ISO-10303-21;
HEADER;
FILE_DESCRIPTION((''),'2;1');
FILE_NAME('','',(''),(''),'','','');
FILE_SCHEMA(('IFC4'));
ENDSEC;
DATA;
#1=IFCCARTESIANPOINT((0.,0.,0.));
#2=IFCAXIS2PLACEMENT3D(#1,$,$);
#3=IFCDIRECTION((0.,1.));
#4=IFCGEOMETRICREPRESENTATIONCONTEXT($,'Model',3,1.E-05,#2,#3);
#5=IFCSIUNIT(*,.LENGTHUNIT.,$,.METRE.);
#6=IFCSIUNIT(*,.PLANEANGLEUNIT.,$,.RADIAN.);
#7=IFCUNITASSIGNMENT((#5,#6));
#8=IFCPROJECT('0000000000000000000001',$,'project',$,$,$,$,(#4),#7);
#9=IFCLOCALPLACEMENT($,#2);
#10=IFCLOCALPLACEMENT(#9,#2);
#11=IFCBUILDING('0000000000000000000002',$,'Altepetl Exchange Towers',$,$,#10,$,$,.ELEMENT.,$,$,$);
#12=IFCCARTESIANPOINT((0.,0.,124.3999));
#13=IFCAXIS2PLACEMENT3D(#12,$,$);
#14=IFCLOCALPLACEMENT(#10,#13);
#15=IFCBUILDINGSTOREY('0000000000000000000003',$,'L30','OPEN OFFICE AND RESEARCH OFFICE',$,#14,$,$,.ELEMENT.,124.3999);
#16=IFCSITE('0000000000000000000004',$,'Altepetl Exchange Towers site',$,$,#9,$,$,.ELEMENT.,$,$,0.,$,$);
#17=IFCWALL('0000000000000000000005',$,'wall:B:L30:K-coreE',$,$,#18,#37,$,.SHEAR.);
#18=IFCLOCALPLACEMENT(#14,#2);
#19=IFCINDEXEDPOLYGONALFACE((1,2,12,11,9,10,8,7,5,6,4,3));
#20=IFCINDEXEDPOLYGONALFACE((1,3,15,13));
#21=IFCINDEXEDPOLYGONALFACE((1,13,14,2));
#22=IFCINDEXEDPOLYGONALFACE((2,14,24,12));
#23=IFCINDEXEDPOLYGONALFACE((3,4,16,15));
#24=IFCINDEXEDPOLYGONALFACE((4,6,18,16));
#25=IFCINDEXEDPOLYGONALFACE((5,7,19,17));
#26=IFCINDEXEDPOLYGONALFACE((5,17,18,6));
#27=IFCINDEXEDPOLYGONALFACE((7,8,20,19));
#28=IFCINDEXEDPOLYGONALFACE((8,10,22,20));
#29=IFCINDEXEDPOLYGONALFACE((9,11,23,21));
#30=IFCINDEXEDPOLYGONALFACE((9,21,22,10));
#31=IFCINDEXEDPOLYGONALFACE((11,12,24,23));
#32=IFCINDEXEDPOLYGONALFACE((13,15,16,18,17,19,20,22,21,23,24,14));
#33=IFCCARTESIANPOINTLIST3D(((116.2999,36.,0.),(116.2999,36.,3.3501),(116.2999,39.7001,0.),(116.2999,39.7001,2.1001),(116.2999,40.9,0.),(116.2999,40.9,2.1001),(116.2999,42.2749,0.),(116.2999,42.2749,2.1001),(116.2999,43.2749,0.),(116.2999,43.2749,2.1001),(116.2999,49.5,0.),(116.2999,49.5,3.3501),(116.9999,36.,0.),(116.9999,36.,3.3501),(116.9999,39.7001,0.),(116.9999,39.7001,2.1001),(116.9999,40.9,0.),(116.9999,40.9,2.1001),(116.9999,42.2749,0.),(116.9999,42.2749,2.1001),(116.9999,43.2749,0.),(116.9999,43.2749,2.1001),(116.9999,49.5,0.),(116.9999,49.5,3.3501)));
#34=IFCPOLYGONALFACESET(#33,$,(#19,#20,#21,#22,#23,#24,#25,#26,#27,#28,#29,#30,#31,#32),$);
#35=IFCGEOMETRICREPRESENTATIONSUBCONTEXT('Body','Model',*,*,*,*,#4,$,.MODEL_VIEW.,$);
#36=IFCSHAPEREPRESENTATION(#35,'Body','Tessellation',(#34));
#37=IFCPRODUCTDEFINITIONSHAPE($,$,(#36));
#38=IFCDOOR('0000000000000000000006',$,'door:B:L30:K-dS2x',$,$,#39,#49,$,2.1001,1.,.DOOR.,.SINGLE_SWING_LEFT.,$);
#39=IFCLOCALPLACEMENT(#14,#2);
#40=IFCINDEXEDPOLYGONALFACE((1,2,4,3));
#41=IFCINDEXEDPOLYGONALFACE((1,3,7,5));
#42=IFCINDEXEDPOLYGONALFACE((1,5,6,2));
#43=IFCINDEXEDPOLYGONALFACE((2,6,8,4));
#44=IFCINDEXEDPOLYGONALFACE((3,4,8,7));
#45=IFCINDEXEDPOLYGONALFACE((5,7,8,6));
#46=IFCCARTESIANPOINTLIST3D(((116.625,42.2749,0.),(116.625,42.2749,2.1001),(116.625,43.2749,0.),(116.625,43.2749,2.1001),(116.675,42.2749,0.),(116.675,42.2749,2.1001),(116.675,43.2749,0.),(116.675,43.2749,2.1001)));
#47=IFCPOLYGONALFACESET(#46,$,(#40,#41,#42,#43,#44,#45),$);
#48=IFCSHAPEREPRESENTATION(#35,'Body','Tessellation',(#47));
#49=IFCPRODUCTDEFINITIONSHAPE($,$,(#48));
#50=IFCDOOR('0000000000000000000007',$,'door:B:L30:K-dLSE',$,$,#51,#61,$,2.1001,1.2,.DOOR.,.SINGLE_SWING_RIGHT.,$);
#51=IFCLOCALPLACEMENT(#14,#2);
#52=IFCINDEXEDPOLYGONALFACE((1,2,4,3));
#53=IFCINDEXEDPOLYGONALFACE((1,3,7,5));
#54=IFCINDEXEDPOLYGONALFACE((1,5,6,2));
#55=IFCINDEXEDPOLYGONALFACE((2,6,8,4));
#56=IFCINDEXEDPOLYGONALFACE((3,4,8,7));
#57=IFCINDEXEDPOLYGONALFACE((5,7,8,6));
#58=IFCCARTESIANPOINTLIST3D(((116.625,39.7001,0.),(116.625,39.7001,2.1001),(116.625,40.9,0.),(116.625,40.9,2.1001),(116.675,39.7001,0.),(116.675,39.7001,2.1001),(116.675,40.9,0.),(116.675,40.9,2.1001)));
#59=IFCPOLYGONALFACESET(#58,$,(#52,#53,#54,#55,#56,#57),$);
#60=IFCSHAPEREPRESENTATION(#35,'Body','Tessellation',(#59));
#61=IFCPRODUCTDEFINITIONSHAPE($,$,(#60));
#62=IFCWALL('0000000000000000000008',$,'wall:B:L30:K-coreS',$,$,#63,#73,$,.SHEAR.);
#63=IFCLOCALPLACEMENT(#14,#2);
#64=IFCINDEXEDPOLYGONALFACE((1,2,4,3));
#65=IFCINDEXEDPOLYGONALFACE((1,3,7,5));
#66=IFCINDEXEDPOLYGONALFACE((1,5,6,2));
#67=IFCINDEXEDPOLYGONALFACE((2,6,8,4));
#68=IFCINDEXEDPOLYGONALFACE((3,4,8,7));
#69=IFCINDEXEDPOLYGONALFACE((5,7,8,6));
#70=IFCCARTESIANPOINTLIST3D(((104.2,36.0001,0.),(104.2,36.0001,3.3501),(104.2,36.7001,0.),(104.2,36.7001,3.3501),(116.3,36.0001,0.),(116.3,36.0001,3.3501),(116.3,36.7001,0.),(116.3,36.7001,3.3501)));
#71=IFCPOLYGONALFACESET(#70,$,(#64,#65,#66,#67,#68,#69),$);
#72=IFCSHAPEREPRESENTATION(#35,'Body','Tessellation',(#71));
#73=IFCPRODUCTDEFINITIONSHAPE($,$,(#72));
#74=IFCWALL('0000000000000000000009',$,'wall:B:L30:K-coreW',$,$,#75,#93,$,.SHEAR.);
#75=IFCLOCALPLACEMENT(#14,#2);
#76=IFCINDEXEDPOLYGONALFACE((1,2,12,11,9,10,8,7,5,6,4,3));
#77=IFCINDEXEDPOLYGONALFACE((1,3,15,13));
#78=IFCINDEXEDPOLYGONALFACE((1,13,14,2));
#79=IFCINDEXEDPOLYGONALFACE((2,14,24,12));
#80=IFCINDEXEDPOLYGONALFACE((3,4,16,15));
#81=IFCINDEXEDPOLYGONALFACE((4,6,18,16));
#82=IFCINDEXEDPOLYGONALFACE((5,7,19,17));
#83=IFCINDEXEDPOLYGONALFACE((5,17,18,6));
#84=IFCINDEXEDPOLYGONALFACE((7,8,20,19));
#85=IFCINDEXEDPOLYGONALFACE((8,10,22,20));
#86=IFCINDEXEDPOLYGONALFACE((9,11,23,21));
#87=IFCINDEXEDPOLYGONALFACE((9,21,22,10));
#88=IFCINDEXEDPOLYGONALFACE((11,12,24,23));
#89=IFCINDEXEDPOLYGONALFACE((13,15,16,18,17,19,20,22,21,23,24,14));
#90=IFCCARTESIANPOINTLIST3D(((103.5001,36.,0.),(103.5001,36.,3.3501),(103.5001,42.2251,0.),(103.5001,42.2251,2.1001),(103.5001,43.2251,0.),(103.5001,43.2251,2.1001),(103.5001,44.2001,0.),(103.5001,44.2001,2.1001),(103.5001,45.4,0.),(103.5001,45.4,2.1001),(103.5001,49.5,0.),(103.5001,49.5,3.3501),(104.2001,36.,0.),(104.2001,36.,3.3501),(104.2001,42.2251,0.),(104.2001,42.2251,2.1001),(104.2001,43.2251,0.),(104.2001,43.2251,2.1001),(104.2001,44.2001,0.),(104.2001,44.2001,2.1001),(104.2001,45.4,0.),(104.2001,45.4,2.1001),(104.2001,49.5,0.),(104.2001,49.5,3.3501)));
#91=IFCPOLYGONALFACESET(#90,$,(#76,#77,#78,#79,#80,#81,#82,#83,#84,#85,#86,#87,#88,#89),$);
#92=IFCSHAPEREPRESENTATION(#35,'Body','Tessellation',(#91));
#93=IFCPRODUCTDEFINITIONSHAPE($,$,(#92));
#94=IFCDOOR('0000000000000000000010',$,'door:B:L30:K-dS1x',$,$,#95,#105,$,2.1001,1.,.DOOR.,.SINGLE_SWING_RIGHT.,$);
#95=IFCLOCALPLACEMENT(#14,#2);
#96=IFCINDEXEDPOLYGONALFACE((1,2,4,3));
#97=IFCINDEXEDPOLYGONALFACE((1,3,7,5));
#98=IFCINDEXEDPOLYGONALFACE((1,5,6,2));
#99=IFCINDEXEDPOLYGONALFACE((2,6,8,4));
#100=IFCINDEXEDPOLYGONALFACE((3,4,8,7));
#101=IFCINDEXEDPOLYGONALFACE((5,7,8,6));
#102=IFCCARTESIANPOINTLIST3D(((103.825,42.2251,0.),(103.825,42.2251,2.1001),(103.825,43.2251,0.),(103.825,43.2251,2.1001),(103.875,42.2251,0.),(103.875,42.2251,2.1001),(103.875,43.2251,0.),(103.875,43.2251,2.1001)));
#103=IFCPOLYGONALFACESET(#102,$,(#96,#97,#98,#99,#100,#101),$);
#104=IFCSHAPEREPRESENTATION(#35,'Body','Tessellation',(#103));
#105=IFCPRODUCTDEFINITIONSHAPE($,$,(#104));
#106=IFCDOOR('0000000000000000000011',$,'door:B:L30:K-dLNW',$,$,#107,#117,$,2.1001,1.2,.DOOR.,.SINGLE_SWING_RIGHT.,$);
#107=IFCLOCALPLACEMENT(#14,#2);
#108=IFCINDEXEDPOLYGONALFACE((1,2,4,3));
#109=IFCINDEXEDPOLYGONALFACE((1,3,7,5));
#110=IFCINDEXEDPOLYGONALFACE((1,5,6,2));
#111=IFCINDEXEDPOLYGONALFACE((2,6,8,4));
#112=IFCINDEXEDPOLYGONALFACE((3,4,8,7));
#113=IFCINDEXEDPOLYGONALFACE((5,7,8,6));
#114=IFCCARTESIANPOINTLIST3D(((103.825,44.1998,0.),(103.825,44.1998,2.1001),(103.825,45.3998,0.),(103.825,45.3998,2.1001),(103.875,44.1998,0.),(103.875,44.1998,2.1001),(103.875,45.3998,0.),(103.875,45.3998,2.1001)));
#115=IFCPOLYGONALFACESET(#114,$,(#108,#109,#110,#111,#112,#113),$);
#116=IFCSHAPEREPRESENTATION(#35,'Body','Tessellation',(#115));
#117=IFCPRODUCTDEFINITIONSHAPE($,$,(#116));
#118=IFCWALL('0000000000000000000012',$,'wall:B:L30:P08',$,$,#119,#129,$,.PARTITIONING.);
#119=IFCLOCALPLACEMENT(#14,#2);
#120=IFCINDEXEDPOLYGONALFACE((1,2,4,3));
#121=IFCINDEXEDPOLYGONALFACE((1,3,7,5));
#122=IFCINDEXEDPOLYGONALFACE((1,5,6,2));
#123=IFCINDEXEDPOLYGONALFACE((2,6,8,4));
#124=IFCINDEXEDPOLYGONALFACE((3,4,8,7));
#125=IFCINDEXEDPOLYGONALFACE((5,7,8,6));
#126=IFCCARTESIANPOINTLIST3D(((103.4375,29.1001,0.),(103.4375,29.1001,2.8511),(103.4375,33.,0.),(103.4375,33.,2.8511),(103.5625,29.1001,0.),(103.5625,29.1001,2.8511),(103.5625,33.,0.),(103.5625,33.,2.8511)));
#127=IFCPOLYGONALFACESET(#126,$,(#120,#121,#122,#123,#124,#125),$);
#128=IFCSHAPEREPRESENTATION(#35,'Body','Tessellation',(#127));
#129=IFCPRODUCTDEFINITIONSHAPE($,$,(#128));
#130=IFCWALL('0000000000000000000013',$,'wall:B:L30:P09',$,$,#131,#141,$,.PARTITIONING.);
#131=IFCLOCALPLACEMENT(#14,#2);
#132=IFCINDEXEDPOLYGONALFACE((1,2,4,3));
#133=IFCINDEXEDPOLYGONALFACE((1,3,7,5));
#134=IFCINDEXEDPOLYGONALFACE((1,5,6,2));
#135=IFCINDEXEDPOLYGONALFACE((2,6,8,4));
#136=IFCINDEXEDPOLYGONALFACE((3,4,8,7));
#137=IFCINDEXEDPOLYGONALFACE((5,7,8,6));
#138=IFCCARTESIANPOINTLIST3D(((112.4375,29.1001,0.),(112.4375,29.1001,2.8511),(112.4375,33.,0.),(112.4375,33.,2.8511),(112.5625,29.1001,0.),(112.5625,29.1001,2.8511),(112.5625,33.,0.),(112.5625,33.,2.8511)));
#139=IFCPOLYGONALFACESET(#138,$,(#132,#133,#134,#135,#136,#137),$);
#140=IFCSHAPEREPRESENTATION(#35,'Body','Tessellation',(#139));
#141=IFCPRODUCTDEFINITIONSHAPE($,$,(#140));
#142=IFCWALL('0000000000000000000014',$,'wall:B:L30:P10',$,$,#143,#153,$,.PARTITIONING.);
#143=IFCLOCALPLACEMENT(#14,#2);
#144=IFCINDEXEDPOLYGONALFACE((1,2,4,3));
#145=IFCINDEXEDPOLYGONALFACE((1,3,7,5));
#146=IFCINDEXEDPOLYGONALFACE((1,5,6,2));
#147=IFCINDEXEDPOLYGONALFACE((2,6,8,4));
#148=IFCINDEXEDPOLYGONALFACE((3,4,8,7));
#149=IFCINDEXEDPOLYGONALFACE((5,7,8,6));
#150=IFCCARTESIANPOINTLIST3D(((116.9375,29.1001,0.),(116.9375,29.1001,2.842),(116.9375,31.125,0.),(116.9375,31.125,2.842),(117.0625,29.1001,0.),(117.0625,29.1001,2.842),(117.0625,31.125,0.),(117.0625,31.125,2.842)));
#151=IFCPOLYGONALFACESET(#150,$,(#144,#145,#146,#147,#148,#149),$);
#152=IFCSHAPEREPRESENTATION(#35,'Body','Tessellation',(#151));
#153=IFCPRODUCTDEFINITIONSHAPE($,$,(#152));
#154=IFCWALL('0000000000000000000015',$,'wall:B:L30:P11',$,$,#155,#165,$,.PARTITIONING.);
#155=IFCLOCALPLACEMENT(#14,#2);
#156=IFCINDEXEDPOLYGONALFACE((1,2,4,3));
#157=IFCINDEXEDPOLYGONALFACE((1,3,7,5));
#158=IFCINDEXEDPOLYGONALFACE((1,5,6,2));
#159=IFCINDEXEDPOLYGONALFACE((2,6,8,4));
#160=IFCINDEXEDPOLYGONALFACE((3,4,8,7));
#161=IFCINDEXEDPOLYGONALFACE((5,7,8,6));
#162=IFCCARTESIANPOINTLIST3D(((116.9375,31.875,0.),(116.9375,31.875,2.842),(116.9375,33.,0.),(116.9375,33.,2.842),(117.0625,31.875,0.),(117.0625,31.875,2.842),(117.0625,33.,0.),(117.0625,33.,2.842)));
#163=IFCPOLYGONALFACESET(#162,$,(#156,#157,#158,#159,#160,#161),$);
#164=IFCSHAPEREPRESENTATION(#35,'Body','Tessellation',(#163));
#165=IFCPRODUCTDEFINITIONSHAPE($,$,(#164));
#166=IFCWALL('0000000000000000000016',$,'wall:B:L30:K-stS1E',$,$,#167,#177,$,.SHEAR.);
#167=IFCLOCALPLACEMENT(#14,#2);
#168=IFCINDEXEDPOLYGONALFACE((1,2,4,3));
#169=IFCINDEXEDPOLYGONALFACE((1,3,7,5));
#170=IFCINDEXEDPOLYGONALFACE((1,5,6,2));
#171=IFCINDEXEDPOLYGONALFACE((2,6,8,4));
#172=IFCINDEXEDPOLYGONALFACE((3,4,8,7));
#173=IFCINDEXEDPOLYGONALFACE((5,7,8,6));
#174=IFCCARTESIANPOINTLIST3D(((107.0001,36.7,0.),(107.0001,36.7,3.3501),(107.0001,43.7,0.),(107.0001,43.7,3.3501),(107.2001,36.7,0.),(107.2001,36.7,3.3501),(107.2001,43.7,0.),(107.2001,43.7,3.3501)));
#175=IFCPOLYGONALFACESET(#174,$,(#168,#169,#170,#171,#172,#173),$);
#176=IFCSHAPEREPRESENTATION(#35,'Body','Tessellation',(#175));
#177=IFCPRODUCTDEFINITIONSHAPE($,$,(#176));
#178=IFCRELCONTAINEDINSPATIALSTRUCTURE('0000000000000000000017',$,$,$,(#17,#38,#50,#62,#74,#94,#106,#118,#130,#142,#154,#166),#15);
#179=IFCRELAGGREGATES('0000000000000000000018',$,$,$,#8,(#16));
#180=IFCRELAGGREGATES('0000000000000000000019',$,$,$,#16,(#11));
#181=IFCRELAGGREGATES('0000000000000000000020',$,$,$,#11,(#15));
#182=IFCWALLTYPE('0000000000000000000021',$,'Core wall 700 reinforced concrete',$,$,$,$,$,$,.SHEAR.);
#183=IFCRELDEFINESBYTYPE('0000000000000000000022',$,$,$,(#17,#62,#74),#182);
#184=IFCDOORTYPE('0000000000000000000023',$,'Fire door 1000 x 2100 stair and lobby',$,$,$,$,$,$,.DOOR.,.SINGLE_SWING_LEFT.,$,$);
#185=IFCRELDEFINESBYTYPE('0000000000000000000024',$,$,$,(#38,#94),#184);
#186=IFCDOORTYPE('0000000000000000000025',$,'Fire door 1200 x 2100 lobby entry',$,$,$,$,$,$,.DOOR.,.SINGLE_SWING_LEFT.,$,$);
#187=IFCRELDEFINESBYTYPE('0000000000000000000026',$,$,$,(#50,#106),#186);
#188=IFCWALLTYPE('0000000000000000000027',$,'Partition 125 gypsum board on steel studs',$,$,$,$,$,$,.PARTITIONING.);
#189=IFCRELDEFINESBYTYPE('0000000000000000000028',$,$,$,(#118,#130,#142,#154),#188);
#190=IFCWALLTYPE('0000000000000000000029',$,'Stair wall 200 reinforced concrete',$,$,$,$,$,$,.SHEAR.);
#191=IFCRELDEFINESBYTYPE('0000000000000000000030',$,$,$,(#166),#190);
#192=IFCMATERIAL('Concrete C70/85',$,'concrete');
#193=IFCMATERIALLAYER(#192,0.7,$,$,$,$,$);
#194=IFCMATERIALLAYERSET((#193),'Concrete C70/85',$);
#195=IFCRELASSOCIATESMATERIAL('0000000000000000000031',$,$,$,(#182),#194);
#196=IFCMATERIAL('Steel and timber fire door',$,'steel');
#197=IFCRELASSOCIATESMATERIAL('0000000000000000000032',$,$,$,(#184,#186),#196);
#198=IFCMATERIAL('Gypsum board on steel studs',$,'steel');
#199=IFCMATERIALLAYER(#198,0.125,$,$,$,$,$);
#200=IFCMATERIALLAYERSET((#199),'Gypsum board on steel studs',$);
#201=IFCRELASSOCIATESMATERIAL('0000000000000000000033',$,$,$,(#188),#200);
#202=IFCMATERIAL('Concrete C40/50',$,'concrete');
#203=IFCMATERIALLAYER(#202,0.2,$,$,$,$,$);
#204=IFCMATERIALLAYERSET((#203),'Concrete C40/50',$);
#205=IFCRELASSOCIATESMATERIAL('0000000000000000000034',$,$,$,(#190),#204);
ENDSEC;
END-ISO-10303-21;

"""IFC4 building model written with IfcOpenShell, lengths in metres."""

from ifc_helpers import new_model, si_unit, direction, frame, frame_2d, origin, place, context, subcontext, project, spatial, rectangle, extrude, material, layer, layer_set, type_object, element, fill, save


model = new_model("IFC4")

# Units and contexts
model_context = context("Model", 3, precision=1e-05, world=origin(), true_north=direction((0.0, 1.0)))
body_context = subcontext(model_context, "Body", "Model", "MODEL_VIEW")
ifc_project = project(units=[si_unit("LENGTHUNIT", "METRE"), si_unit("PLANEANGLEUNIT", "RADIAN")], contexts=[model_context])

# Site, building, storey
site_placement = place(None, origin())
site = spatial("IfcSite", under=ifc_project, at=site_placement, Name="Altepetl Exchange Towers site", CompositionType="ELEMENT", RefElevation=0.0)
building_placement = place(site_placement, origin())
building = spatial("IfcBuilding", under=site, at=building_placement, Name="Altepetl Exchange Towers", CompositionType="ELEMENT")
storey_placement = place(building_placement, frame((0.0, 0.0, 124.3999)))
storey = spatial("IfcBuildingStorey", under=building, at=storey_placement, Name="L30", Description="OPEN OFFICE AND RESEARCH OFFICE", CompositionType="ELEMENT", Elevation=124.3999)

# Shared definitions
ifc_material_1 = material(Name="Concrete C70/85", Category="concrete")

# Wall, openings, doors
ifc_layer_1 = layer(ifc_material_1, 0.7)
ifc_layer_set_1 = layer_set([ifc_layer_1], Name="Concrete C70/85")
wall_type_1 = type_object("IfcWallType", Name="Core wall 700 reinforced concrete", PredefinedType="SHEAR", material=ifc_layer_set_1)
wall_1_placement = place(storey_placement, frame((116.6499, 36.0, 0.0), z_axis=(0.0, 0.0, 1.0), x_axis=(0.0, 1.0, 0.0)))
wall_1 = element("IfcWall", 1, at=wall_1_placement, inside=storey, type_object=wall_type_1, Name="wall:B:L30:K-coreE", PredefinedType="SHEAR", context=body_context, shape_type="SweptSolid", body=[
    extrude(rectangle(XDim=13.5, YDim=0.7, at=frame_2d((6.75, 0.0))), origin(), (0.0, 0.0, 1.0), 3.3501),
])
opening_1_placement = place(wall_1_placement, frame((3.7, 0.0, 0.0)))
opening_1 = element("IfcOpeningElement", 2, at=opening_1_placement, cuts=wall_1, PredefinedType="OPENING", context=body_context, shape_type="SweptSolid", body=[
    extrude(rectangle(XDim=1.2, YDim=2.1001, at=frame_2d((0.6001, 1.05))), frame((0.0, 0.3599, 0.0), z_axis=(0.0, -1.0, 0.0), x_axis=(1.0, 0.0, 0.0)), (0.0, 0.0, 1.0), 0.72),
])
opening_2_placement = place(wall_1_placement, frame((6.2749, 0.0, 0.0)))
opening_2 = element("IfcOpeningElement", 3, at=opening_2_placement, cuts=wall_1, PredefinedType="OPENING", context=body_context, shape_type="SweptSolid", body=[
    extrude(rectangle(XDim=1.0, YDim=2.1001, at=frame_2d((0.5, 1.05))), frame((0.0, 0.3599, 0.0), z_axis=(0.0, -1.0, 0.0), x_axis=(1.0, 0.0, 0.0)), (0.0, 0.0, 1.0), 0.72),
])
ifc_material_2 = material(Name="Steel and timber fire door", Category="steel")
door_type_1 = type_object("IfcDoorType", Name="Fire door 1000 x 2100 stair and lobby", OperationType="SINGLE_SWING_LEFT", PredefinedType="DOOR", material=ifc_material_2)
door_1_placement = place(opening_2_placement, origin())
door_1 = element("IfcDoor", 4, at=door_1_placement, inside=storey, type_object=door_type_1, Name="door:B:L30:K-dS2x", OperationType="SINGLE_SWING_LEFT", OverallHeight=2.1001, OverallWidth=1.0, PredefinedType="DOOR", context=body_context, shape_type="SweptSolid", body=[
    extrude(rectangle(XDim=1.0, YDim=2.1001, at=frame_2d((0.5, 1.05))), frame((0.0, 0.0249, 0.0), z_axis=(0.0, -1.0, 0.0), x_axis=(1.0, 0.0, 0.0)), (0.0, 0.0, 1.0), 0.05),
])
fill(opening_2, door_1)
door_type_2 = type_object("IfcDoorType", Name="Fire door 1200 x 2100 lobby entry", OperationType="SINGLE_SWING_LEFT", PredefinedType="DOOR", material=ifc_material_2)
door_2_placement = place(opening_1_placement, origin())
door_2 = element("IfcDoor", 5, at=door_2_placement, inside=storey, type_object=door_type_2, Name="door:B:L30:K-dLSE", OperationType="SINGLE_SWING_RIGHT", OverallHeight=2.1001, OverallWidth=1.2, PredefinedType="DOOR", context=body_context, shape_type="SweptSolid", body=[
    extrude(rectangle(XDim=1.2, YDim=2.1001, at=frame_2d((0.6001, 1.05))), frame((0.0, 0.0249, 0.0), z_axis=(0.0, -1.0, 0.0), x_axis=(1.0, 0.0, 0.0)), (0.0, 0.0, 1.0), 0.05),
])
fill(opening_1, door_2)

# Wall
wall_2_placement = place(storey_placement, frame((104.2, 36.3501, 0.0)))
element("IfcWall", 6, at=wall_2_placement, inside=storey, type_object=wall_type_1, Name="wall:B:L30:K-coreS", PredefinedType="SHEAR", context=body_context, shape_type="SweptSolid", body=[
    extrude(rectangle(XDim=12.1001, YDim=0.7, at=frame_2d((6.05, 0.0))), origin(), (0.0, 0.0, 1.0), 3.3501),
])

# Wall, openings, doors
wall_3_placement = place(storey_placement, frame((103.8501, 36.0, 0.0), z_axis=(0.0, 0.0, 1.0), x_axis=(0.0, 1.0, 0.0)))
wall_3 = element("IfcWall", 7, at=wall_3_placement, inside=storey, type_object=wall_type_1, Name="wall:B:L30:K-coreW", PredefinedType="SHEAR", context=body_context, shape_type="SweptSolid", body=[
    extrude(rectangle(XDim=13.5, YDim=0.7, at=frame_2d((6.75, 0.0))), origin(), (0.0, 0.0, 1.0), 3.3501),
])
opening_3_placement = place(wall_3_placement, frame((8.2, 0.0, 0.0)))
opening_3 = element("IfcOpeningElement", 8, at=opening_3_placement, cuts=wall_3, PredefinedType="OPENING", context=body_context, shape_type="SweptSolid", body=[
    extrude(rectangle(XDim=1.2, YDim=2.1001, at=frame_2d((0.6001, 1.05))), frame((0.0, 0.3599, 0.0), z_axis=(0.0, -1.0, 0.0), x_axis=(1.0, 0.0, 0.0)), (0.0, 0.0, 1.0), 0.72),
])
opening_4_placement = place(wall_3_placement, frame((6.2251, 0.0, 0.0)))
opening_4 = element("IfcOpeningElement", 9, at=opening_4_placement, cuts=wall_3, PredefinedType="OPENING", context=body_context, shape_type="SweptSolid", body=[
    extrude(rectangle(XDim=1.0, YDim=2.1001, at=frame_2d((0.5, 1.05))), frame((0.0, 0.3599, 0.0), z_axis=(0.0, -1.0, 0.0), x_axis=(1.0, 0.0, 0.0)), (0.0, 0.0, 1.0), 0.72),
])
door_3_placement = place(opening_4_placement, frame((1.0, 0.0, 0.0), x_axis=(-1.0, 0.0, 0.0)))
door_3 = element("IfcDoor", 10, at=door_3_placement, inside=storey, type_object=door_type_1, Name="door:B:L30:K-dS1x", OperationType="SINGLE_SWING_RIGHT", OverallHeight=2.1001, OverallWidth=1.0, PredefinedType="DOOR", context=body_context, shape_type="SweptSolid", body=[
    extrude(rectangle(XDim=1.0, YDim=2.1001, at=frame_2d((0.5, 1.05))), frame((0.0, 0.0249, 0.0), z_axis=(0.0, -1.0, 0.0), x_axis=(1.0, 0.0, 0.0)), (0.0, 0.0, 1.0), 0.05),
])
fill(opening_4, door_3)
door_4_placement = place(opening_3_placement, frame((1.2, 0.0, 0.0), x_axis=(-1.0, 0.0, 0.0)))
door_4 = element("IfcDoor", 11, at=door_4_placement, inside=storey, type_object=door_type_2, Name="door:B:L30:K-dLNW", OperationType="SINGLE_SWING_RIGHT", OverallHeight=2.1001, OverallWidth=1.2, PredefinedType="DOOR", context=body_context, shape_type="SweptSolid", body=[
    extrude(rectangle(XDim=1.2, YDim=2.1001, at=frame_2d((0.6001, 1.05))), frame((0.0, 0.0249, 0.0), z_axis=(0.0, -1.0, 0.0), x_axis=(1.0, 0.0, 0.0)), (0.0, 0.0, 1.0), 0.05),
])
fill(opening_3, door_4)

# Walls
ifc_material_3 = material(Name="Gypsum board on steel studs", Category="steel")
ifc_layer_2 = layer(ifc_material_3, 0.125)
ifc_layer_set_2 = layer_set([ifc_layer_2], Name="Gypsum board on steel studs")
wall_type_2 = type_object("IfcWallType", Name="Partition 125 gypsum board on steel studs", PredefinedType="PARTITIONING", material=ifc_layer_set_2)
for number, where, z_axis, x_axis, name in (
    (12, (103.5, 29.1001, 0.0), (0.0, 0.0, 1.0), (0.0, 1.0, 0.0), "wall:B:L30:P08"),
    (13, (112.5, 29.1001, 0.0), (0.0, 0.0, 1.0), (0.0, 1.0, 0.0), "wall:B:L30:P09"),
):
    element("IfcWall", number, at=place(storey_placement, frame(where, z_axis=z_axis, x_axis=x_axis)), inside=storey, type_object=wall_type_2, Name=name, PredefinedType="PARTITIONING", context=body_context, shape_type="SweptSolid", body=[
        extrude(rectangle(XDim=3.8999, YDim=0.125, at=frame_2d((1.95, 0.0))), origin(), (0.0, 0.0, 1.0), 2.8511),
    ])
wall_4_placement = place(storey_placement, frame((117.0, 29.1001, 0.0), z_axis=(0.0, 0.0, 1.0), x_axis=(0.0, 1.0, 0.0)))
element("IfcWall", 14, at=wall_4_placement, inside=storey, type_object=wall_type_2, Name="wall:B:L30:P10", PredefinedType="PARTITIONING", context=body_context, shape_type="SweptSolid", body=[
    extrude(rectangle(XDim=2.0249, YDim=0.125, at=frame_2d((1.0125, 0.0))), origin(), (0.0, 0.0, 1.0), 2.842),
])
wall_5_placement = place(storey_placement, frame((117.0, 31.875, 0.0), z_axis=(0.0, 0.0, 1.0), x_axis=(0.0, 1.0, 0.0)))
element("IfcWall", 15, at=wall_5_placement, inside=storey, type_object=wall_type_2, Name="wall:B:L30:P11", PredefinedType="PARTITIONING", context=body_context, shape_type="SweptSolid", body=[
    extrude(rectangle(XDim=1.125, YDim=0.125, at=frame_2d((0.5625, 0.0))), origin(), (0.0, 0.0, 1.0), 2.842),
])
ifc_material_4 = material(Name="Concrete C40/50", Category="concrete")
ifc_layer_3 = layer(ifc_material_4, 0.2)
ifc_layer_set_3 = layer_set([ifc_layer_3], Name="Concrete C40/50")
wall_type_3 = type_object("IfcWallType", Name="Stair wall 200 reinforced concrete", PredefinedType="SHEAR", material=ifc_layer_set_3)
wall_6_placement = place(storey_placement, frame((107.1001, 36.7, 0.0), z_axis=(0.0, 0.0, 1.0), x_axis=(0.0, 1.0, 0.0)))
element("IfcWall", 16, at=wall_6_placement, inside=storey, type_object=wall_type_3, Name="wall:B:L30:K-stS1E", PredefinedType="SHEAR", context=body_context, shape_type="SweptSolid", body=[
    extrude(rectangle(XDim=7.0, YDim=0.2, at=frame_2d((3.5, 0.0))), origin(), (0.0, 0.0, 1.0), 3.3501),
])

save(model, "model.ifc")
